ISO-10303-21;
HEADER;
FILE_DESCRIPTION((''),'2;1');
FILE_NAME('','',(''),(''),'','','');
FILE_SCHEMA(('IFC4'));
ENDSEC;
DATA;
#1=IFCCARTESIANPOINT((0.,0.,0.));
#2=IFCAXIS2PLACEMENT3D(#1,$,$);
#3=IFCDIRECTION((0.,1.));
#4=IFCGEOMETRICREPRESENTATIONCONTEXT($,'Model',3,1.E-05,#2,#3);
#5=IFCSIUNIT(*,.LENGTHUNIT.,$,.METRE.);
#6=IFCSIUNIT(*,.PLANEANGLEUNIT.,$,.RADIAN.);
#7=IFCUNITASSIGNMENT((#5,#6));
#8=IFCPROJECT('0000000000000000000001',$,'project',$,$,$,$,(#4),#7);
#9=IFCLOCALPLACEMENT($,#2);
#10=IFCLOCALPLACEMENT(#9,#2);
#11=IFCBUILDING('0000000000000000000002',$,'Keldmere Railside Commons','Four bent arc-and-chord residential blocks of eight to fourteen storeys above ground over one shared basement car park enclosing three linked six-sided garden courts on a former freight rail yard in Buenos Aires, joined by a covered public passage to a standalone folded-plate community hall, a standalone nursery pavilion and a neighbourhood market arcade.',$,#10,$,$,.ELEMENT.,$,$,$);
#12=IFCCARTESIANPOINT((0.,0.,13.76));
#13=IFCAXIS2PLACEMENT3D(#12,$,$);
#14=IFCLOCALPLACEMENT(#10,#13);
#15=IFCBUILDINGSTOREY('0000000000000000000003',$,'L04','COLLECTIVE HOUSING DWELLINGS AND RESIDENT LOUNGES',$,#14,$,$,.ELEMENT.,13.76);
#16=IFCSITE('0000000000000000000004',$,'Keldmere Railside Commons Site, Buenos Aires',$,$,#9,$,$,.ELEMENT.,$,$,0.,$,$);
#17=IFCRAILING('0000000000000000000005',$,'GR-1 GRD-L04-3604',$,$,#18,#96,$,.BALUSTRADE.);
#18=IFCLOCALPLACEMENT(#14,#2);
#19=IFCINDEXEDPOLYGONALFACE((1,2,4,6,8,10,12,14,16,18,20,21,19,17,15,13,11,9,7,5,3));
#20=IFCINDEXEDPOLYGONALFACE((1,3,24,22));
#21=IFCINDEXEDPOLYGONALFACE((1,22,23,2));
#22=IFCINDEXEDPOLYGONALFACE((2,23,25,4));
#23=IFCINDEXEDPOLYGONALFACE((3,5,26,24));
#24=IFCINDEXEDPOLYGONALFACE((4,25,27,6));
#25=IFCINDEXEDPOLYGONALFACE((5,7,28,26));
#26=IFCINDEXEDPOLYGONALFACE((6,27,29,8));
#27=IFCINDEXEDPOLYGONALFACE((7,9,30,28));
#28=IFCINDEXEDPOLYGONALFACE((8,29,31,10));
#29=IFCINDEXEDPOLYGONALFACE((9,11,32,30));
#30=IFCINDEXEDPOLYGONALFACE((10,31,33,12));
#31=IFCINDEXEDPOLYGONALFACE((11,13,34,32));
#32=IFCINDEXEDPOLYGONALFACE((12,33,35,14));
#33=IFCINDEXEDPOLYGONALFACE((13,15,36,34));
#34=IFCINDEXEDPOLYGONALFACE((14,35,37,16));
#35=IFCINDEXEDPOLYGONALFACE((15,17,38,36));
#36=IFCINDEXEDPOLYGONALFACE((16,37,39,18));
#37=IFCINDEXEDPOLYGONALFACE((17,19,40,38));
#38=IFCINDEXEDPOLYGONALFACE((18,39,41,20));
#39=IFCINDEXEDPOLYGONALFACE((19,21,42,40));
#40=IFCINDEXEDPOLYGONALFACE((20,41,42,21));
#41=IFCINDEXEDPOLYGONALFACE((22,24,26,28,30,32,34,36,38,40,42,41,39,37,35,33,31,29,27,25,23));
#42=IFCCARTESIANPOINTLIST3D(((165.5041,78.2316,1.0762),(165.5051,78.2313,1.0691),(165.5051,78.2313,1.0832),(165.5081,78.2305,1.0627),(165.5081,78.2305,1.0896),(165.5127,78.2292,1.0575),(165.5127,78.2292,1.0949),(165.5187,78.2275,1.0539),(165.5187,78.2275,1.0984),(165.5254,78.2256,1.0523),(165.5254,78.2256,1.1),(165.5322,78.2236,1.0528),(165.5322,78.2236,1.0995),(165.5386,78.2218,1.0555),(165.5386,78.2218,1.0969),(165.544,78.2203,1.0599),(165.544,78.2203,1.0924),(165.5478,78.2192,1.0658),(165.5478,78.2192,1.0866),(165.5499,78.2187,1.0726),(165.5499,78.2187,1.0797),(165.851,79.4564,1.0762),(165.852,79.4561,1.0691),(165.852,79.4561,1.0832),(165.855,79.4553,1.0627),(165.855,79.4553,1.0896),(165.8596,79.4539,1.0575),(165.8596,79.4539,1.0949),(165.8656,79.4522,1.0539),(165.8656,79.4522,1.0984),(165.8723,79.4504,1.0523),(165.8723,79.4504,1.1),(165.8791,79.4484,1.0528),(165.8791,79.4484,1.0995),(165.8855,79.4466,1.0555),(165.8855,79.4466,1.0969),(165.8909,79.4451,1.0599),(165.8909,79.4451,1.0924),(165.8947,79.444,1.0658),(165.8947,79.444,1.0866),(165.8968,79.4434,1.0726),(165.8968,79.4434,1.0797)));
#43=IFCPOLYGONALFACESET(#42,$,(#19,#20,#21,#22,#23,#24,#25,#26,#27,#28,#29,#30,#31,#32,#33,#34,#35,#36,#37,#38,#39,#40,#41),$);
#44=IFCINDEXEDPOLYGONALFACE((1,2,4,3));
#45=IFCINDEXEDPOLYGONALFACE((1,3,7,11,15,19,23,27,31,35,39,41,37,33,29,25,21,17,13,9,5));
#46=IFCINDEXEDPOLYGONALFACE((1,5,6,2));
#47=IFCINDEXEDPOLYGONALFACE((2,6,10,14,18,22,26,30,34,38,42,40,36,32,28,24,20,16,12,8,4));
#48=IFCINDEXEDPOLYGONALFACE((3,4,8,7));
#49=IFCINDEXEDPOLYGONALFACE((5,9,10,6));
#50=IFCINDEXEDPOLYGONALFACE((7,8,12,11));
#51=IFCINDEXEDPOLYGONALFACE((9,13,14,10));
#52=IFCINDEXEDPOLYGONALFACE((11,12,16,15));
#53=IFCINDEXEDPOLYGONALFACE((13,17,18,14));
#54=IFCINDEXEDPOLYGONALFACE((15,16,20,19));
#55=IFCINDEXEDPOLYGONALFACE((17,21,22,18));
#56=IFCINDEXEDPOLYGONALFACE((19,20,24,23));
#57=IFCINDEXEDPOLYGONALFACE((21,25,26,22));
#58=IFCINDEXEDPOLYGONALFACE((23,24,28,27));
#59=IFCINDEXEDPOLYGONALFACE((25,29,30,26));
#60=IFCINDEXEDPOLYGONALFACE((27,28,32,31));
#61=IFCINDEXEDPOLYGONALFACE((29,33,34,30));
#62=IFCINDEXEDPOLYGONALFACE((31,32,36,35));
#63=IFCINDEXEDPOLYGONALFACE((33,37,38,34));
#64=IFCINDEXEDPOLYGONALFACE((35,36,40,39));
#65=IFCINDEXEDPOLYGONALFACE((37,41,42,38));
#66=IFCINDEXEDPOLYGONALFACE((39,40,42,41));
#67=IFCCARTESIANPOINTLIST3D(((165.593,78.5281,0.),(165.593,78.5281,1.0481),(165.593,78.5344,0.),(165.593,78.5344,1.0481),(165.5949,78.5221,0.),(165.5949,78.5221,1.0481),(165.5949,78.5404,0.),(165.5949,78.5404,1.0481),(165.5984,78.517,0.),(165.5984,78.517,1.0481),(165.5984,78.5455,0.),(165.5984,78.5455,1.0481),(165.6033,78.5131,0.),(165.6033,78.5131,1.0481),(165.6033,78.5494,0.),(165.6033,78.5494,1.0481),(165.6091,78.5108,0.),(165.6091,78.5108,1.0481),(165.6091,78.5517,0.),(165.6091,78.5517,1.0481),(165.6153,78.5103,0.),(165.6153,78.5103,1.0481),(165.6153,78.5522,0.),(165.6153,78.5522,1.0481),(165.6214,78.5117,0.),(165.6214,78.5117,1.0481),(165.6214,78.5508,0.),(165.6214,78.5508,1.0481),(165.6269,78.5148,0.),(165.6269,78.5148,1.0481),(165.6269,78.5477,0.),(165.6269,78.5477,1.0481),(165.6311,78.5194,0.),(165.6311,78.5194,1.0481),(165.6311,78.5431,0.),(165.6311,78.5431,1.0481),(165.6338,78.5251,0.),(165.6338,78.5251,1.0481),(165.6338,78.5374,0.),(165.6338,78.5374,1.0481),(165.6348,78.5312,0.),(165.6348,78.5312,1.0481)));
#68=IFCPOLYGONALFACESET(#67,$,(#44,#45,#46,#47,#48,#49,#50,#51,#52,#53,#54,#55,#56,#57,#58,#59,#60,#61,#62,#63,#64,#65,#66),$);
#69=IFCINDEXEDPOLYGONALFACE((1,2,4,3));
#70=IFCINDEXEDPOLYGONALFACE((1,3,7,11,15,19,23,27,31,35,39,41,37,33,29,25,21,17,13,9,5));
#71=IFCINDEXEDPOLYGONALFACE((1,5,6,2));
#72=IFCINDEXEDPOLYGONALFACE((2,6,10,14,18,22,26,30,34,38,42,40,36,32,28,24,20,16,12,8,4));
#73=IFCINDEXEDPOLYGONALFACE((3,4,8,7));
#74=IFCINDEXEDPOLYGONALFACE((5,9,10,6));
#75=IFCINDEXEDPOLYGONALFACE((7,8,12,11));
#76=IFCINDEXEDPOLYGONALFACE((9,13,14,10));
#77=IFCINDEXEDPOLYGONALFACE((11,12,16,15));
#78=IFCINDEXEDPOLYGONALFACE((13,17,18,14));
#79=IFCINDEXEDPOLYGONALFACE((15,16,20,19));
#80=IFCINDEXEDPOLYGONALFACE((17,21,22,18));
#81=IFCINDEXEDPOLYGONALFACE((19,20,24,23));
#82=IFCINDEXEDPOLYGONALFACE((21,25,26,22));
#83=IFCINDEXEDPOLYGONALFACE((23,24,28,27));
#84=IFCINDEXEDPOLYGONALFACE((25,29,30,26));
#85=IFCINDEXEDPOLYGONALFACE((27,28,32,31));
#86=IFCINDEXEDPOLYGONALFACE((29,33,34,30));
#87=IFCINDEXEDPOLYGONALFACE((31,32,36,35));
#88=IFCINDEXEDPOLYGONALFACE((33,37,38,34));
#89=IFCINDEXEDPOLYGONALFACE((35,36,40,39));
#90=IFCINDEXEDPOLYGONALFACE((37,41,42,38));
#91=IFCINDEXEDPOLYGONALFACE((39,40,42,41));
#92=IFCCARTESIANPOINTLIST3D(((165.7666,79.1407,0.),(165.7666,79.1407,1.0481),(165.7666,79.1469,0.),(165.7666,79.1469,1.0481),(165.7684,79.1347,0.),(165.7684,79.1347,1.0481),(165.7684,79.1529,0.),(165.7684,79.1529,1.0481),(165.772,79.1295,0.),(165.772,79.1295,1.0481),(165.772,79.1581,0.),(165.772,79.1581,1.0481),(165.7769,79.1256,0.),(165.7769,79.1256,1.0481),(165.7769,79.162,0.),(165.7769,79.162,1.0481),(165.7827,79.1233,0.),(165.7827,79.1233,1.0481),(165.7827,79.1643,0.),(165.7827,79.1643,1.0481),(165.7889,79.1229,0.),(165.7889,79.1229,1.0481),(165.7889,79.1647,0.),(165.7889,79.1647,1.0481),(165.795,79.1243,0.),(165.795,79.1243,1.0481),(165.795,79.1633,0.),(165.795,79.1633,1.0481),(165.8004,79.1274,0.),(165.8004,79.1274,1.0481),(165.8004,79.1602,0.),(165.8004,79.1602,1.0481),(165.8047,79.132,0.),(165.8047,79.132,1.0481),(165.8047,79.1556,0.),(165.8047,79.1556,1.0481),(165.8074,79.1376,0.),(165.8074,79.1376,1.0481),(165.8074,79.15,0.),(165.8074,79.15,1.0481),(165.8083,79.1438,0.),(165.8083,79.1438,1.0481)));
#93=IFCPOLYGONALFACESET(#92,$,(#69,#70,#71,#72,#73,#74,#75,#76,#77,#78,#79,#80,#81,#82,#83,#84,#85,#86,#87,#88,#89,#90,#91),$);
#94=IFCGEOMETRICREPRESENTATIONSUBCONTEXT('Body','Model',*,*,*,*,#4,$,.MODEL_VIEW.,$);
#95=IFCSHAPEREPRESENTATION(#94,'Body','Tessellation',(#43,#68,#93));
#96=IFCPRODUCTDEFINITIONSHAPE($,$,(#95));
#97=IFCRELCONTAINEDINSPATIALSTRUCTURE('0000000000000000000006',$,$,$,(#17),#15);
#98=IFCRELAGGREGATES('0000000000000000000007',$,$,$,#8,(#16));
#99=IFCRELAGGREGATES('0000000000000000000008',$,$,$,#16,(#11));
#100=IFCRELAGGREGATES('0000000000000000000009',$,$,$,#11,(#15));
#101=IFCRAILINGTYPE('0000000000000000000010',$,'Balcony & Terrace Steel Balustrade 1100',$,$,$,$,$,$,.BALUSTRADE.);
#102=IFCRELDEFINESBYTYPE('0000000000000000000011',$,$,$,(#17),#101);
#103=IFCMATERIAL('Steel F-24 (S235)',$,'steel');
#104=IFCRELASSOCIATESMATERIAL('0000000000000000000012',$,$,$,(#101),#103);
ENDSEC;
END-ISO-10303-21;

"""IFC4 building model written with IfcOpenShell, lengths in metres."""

from ifc_helpers import new_model, si_unit, direction, frame, origin, origin_2d, place, context, subcontext, project, spatial, circle, extrude, material, type_object, element, save


model = new_model("IFC4")

# Units and contexts
model_context = context("Model", 3, precision=1e-05, world=origin(), true_north=direction((0.0, 1.0)))
body_context = subcontext(model_context, "Body", "Model", "MODEL_VIEW")
ifc_project = project(units=[si_unit("LENGTHUNIT", "METRE"), si_unit("PLANEANGLEUNIT", "RADIAN")], contexts=[model_context])

# Site, building, storey
site_placement = place(None, origin())
site = spatial("IfcSite", under=ifc_project, at=site_placement, Name="Keldmere Railside Commons Site, Buenos Aires", CompositionType="ELEMENT", RefElevation=0.0)
building_placement = place(site_placement, origin())
building = spatial("IfcBuilding", under=site, at=building_placement, Name="Keldmere Railside Commons", Description="Four bent arc-and-chord residential blocks of eight to fourteen storeys above ground over one shared basement car park enclosing three linked six-sided garden courts on a former freight rail yard in Buenos Aires, joined by a covered public passage to a standalone folded-plate community hall, a standalone nursery pavilion and a neighbourhood market arcade.", CompositionType="ELEMENT")
storey_placement = place(building_placement, frame((0.0, 0.0, 13.76)))
storey = spatial("IfcBuildingStorey", under=building, at=storey_placement, Name="L04", Description="COLLECTIVE HOUSING DWELLINGS AND RESIDENT LOUNGES", CompositionType="ELEMENT", Elevation=13.76)

# Shared definitions
ifc_material_1 = material(Name="Steel F-24 (S235)", Category="steel")

# Railing
railing_type_1 = type_object("IfcRailingType", Name="Balcony & Terrace Steel Balustrade 1100", PredefinedType="BALUSTRADE", material=ifc_material_1)
railing_1_placement = place(storey_placement, frame((165.5271, 78.2251, 0.0)))
element("IfcRailing", 1, at=railing_1_placement, inside=storey, type_object=railing_type_1, Name="GR-1 GRD-L04-3604", PredefinedType="BALUSTRADE", context=body_context, shape_type="SweptSolid", body=[
    extrude(circle(Radius=0.0239, at=origin_2d()), frame((0.0, 0.0, 1.0762), z_axis=(0.272517, 0.962151, 0.0), x_axis=(-0.962151, 0.272517, 0.0)), (0.0, 0.0, 1.0), 1.2729),
    extrude(circle(Radius=0.021, at=origin_2d()), frame((0.0867, 0.3062, 0.0)), (0.0, 0.0, 1.0), 1.0481),
    extrude(circle(Radius=0.021, at=origin_2d()), frame((0.2603, 0.9187, 0.0)), (0.0, 0.0, 1.0), 1.0481),
])

save(model, "model.ifc")
